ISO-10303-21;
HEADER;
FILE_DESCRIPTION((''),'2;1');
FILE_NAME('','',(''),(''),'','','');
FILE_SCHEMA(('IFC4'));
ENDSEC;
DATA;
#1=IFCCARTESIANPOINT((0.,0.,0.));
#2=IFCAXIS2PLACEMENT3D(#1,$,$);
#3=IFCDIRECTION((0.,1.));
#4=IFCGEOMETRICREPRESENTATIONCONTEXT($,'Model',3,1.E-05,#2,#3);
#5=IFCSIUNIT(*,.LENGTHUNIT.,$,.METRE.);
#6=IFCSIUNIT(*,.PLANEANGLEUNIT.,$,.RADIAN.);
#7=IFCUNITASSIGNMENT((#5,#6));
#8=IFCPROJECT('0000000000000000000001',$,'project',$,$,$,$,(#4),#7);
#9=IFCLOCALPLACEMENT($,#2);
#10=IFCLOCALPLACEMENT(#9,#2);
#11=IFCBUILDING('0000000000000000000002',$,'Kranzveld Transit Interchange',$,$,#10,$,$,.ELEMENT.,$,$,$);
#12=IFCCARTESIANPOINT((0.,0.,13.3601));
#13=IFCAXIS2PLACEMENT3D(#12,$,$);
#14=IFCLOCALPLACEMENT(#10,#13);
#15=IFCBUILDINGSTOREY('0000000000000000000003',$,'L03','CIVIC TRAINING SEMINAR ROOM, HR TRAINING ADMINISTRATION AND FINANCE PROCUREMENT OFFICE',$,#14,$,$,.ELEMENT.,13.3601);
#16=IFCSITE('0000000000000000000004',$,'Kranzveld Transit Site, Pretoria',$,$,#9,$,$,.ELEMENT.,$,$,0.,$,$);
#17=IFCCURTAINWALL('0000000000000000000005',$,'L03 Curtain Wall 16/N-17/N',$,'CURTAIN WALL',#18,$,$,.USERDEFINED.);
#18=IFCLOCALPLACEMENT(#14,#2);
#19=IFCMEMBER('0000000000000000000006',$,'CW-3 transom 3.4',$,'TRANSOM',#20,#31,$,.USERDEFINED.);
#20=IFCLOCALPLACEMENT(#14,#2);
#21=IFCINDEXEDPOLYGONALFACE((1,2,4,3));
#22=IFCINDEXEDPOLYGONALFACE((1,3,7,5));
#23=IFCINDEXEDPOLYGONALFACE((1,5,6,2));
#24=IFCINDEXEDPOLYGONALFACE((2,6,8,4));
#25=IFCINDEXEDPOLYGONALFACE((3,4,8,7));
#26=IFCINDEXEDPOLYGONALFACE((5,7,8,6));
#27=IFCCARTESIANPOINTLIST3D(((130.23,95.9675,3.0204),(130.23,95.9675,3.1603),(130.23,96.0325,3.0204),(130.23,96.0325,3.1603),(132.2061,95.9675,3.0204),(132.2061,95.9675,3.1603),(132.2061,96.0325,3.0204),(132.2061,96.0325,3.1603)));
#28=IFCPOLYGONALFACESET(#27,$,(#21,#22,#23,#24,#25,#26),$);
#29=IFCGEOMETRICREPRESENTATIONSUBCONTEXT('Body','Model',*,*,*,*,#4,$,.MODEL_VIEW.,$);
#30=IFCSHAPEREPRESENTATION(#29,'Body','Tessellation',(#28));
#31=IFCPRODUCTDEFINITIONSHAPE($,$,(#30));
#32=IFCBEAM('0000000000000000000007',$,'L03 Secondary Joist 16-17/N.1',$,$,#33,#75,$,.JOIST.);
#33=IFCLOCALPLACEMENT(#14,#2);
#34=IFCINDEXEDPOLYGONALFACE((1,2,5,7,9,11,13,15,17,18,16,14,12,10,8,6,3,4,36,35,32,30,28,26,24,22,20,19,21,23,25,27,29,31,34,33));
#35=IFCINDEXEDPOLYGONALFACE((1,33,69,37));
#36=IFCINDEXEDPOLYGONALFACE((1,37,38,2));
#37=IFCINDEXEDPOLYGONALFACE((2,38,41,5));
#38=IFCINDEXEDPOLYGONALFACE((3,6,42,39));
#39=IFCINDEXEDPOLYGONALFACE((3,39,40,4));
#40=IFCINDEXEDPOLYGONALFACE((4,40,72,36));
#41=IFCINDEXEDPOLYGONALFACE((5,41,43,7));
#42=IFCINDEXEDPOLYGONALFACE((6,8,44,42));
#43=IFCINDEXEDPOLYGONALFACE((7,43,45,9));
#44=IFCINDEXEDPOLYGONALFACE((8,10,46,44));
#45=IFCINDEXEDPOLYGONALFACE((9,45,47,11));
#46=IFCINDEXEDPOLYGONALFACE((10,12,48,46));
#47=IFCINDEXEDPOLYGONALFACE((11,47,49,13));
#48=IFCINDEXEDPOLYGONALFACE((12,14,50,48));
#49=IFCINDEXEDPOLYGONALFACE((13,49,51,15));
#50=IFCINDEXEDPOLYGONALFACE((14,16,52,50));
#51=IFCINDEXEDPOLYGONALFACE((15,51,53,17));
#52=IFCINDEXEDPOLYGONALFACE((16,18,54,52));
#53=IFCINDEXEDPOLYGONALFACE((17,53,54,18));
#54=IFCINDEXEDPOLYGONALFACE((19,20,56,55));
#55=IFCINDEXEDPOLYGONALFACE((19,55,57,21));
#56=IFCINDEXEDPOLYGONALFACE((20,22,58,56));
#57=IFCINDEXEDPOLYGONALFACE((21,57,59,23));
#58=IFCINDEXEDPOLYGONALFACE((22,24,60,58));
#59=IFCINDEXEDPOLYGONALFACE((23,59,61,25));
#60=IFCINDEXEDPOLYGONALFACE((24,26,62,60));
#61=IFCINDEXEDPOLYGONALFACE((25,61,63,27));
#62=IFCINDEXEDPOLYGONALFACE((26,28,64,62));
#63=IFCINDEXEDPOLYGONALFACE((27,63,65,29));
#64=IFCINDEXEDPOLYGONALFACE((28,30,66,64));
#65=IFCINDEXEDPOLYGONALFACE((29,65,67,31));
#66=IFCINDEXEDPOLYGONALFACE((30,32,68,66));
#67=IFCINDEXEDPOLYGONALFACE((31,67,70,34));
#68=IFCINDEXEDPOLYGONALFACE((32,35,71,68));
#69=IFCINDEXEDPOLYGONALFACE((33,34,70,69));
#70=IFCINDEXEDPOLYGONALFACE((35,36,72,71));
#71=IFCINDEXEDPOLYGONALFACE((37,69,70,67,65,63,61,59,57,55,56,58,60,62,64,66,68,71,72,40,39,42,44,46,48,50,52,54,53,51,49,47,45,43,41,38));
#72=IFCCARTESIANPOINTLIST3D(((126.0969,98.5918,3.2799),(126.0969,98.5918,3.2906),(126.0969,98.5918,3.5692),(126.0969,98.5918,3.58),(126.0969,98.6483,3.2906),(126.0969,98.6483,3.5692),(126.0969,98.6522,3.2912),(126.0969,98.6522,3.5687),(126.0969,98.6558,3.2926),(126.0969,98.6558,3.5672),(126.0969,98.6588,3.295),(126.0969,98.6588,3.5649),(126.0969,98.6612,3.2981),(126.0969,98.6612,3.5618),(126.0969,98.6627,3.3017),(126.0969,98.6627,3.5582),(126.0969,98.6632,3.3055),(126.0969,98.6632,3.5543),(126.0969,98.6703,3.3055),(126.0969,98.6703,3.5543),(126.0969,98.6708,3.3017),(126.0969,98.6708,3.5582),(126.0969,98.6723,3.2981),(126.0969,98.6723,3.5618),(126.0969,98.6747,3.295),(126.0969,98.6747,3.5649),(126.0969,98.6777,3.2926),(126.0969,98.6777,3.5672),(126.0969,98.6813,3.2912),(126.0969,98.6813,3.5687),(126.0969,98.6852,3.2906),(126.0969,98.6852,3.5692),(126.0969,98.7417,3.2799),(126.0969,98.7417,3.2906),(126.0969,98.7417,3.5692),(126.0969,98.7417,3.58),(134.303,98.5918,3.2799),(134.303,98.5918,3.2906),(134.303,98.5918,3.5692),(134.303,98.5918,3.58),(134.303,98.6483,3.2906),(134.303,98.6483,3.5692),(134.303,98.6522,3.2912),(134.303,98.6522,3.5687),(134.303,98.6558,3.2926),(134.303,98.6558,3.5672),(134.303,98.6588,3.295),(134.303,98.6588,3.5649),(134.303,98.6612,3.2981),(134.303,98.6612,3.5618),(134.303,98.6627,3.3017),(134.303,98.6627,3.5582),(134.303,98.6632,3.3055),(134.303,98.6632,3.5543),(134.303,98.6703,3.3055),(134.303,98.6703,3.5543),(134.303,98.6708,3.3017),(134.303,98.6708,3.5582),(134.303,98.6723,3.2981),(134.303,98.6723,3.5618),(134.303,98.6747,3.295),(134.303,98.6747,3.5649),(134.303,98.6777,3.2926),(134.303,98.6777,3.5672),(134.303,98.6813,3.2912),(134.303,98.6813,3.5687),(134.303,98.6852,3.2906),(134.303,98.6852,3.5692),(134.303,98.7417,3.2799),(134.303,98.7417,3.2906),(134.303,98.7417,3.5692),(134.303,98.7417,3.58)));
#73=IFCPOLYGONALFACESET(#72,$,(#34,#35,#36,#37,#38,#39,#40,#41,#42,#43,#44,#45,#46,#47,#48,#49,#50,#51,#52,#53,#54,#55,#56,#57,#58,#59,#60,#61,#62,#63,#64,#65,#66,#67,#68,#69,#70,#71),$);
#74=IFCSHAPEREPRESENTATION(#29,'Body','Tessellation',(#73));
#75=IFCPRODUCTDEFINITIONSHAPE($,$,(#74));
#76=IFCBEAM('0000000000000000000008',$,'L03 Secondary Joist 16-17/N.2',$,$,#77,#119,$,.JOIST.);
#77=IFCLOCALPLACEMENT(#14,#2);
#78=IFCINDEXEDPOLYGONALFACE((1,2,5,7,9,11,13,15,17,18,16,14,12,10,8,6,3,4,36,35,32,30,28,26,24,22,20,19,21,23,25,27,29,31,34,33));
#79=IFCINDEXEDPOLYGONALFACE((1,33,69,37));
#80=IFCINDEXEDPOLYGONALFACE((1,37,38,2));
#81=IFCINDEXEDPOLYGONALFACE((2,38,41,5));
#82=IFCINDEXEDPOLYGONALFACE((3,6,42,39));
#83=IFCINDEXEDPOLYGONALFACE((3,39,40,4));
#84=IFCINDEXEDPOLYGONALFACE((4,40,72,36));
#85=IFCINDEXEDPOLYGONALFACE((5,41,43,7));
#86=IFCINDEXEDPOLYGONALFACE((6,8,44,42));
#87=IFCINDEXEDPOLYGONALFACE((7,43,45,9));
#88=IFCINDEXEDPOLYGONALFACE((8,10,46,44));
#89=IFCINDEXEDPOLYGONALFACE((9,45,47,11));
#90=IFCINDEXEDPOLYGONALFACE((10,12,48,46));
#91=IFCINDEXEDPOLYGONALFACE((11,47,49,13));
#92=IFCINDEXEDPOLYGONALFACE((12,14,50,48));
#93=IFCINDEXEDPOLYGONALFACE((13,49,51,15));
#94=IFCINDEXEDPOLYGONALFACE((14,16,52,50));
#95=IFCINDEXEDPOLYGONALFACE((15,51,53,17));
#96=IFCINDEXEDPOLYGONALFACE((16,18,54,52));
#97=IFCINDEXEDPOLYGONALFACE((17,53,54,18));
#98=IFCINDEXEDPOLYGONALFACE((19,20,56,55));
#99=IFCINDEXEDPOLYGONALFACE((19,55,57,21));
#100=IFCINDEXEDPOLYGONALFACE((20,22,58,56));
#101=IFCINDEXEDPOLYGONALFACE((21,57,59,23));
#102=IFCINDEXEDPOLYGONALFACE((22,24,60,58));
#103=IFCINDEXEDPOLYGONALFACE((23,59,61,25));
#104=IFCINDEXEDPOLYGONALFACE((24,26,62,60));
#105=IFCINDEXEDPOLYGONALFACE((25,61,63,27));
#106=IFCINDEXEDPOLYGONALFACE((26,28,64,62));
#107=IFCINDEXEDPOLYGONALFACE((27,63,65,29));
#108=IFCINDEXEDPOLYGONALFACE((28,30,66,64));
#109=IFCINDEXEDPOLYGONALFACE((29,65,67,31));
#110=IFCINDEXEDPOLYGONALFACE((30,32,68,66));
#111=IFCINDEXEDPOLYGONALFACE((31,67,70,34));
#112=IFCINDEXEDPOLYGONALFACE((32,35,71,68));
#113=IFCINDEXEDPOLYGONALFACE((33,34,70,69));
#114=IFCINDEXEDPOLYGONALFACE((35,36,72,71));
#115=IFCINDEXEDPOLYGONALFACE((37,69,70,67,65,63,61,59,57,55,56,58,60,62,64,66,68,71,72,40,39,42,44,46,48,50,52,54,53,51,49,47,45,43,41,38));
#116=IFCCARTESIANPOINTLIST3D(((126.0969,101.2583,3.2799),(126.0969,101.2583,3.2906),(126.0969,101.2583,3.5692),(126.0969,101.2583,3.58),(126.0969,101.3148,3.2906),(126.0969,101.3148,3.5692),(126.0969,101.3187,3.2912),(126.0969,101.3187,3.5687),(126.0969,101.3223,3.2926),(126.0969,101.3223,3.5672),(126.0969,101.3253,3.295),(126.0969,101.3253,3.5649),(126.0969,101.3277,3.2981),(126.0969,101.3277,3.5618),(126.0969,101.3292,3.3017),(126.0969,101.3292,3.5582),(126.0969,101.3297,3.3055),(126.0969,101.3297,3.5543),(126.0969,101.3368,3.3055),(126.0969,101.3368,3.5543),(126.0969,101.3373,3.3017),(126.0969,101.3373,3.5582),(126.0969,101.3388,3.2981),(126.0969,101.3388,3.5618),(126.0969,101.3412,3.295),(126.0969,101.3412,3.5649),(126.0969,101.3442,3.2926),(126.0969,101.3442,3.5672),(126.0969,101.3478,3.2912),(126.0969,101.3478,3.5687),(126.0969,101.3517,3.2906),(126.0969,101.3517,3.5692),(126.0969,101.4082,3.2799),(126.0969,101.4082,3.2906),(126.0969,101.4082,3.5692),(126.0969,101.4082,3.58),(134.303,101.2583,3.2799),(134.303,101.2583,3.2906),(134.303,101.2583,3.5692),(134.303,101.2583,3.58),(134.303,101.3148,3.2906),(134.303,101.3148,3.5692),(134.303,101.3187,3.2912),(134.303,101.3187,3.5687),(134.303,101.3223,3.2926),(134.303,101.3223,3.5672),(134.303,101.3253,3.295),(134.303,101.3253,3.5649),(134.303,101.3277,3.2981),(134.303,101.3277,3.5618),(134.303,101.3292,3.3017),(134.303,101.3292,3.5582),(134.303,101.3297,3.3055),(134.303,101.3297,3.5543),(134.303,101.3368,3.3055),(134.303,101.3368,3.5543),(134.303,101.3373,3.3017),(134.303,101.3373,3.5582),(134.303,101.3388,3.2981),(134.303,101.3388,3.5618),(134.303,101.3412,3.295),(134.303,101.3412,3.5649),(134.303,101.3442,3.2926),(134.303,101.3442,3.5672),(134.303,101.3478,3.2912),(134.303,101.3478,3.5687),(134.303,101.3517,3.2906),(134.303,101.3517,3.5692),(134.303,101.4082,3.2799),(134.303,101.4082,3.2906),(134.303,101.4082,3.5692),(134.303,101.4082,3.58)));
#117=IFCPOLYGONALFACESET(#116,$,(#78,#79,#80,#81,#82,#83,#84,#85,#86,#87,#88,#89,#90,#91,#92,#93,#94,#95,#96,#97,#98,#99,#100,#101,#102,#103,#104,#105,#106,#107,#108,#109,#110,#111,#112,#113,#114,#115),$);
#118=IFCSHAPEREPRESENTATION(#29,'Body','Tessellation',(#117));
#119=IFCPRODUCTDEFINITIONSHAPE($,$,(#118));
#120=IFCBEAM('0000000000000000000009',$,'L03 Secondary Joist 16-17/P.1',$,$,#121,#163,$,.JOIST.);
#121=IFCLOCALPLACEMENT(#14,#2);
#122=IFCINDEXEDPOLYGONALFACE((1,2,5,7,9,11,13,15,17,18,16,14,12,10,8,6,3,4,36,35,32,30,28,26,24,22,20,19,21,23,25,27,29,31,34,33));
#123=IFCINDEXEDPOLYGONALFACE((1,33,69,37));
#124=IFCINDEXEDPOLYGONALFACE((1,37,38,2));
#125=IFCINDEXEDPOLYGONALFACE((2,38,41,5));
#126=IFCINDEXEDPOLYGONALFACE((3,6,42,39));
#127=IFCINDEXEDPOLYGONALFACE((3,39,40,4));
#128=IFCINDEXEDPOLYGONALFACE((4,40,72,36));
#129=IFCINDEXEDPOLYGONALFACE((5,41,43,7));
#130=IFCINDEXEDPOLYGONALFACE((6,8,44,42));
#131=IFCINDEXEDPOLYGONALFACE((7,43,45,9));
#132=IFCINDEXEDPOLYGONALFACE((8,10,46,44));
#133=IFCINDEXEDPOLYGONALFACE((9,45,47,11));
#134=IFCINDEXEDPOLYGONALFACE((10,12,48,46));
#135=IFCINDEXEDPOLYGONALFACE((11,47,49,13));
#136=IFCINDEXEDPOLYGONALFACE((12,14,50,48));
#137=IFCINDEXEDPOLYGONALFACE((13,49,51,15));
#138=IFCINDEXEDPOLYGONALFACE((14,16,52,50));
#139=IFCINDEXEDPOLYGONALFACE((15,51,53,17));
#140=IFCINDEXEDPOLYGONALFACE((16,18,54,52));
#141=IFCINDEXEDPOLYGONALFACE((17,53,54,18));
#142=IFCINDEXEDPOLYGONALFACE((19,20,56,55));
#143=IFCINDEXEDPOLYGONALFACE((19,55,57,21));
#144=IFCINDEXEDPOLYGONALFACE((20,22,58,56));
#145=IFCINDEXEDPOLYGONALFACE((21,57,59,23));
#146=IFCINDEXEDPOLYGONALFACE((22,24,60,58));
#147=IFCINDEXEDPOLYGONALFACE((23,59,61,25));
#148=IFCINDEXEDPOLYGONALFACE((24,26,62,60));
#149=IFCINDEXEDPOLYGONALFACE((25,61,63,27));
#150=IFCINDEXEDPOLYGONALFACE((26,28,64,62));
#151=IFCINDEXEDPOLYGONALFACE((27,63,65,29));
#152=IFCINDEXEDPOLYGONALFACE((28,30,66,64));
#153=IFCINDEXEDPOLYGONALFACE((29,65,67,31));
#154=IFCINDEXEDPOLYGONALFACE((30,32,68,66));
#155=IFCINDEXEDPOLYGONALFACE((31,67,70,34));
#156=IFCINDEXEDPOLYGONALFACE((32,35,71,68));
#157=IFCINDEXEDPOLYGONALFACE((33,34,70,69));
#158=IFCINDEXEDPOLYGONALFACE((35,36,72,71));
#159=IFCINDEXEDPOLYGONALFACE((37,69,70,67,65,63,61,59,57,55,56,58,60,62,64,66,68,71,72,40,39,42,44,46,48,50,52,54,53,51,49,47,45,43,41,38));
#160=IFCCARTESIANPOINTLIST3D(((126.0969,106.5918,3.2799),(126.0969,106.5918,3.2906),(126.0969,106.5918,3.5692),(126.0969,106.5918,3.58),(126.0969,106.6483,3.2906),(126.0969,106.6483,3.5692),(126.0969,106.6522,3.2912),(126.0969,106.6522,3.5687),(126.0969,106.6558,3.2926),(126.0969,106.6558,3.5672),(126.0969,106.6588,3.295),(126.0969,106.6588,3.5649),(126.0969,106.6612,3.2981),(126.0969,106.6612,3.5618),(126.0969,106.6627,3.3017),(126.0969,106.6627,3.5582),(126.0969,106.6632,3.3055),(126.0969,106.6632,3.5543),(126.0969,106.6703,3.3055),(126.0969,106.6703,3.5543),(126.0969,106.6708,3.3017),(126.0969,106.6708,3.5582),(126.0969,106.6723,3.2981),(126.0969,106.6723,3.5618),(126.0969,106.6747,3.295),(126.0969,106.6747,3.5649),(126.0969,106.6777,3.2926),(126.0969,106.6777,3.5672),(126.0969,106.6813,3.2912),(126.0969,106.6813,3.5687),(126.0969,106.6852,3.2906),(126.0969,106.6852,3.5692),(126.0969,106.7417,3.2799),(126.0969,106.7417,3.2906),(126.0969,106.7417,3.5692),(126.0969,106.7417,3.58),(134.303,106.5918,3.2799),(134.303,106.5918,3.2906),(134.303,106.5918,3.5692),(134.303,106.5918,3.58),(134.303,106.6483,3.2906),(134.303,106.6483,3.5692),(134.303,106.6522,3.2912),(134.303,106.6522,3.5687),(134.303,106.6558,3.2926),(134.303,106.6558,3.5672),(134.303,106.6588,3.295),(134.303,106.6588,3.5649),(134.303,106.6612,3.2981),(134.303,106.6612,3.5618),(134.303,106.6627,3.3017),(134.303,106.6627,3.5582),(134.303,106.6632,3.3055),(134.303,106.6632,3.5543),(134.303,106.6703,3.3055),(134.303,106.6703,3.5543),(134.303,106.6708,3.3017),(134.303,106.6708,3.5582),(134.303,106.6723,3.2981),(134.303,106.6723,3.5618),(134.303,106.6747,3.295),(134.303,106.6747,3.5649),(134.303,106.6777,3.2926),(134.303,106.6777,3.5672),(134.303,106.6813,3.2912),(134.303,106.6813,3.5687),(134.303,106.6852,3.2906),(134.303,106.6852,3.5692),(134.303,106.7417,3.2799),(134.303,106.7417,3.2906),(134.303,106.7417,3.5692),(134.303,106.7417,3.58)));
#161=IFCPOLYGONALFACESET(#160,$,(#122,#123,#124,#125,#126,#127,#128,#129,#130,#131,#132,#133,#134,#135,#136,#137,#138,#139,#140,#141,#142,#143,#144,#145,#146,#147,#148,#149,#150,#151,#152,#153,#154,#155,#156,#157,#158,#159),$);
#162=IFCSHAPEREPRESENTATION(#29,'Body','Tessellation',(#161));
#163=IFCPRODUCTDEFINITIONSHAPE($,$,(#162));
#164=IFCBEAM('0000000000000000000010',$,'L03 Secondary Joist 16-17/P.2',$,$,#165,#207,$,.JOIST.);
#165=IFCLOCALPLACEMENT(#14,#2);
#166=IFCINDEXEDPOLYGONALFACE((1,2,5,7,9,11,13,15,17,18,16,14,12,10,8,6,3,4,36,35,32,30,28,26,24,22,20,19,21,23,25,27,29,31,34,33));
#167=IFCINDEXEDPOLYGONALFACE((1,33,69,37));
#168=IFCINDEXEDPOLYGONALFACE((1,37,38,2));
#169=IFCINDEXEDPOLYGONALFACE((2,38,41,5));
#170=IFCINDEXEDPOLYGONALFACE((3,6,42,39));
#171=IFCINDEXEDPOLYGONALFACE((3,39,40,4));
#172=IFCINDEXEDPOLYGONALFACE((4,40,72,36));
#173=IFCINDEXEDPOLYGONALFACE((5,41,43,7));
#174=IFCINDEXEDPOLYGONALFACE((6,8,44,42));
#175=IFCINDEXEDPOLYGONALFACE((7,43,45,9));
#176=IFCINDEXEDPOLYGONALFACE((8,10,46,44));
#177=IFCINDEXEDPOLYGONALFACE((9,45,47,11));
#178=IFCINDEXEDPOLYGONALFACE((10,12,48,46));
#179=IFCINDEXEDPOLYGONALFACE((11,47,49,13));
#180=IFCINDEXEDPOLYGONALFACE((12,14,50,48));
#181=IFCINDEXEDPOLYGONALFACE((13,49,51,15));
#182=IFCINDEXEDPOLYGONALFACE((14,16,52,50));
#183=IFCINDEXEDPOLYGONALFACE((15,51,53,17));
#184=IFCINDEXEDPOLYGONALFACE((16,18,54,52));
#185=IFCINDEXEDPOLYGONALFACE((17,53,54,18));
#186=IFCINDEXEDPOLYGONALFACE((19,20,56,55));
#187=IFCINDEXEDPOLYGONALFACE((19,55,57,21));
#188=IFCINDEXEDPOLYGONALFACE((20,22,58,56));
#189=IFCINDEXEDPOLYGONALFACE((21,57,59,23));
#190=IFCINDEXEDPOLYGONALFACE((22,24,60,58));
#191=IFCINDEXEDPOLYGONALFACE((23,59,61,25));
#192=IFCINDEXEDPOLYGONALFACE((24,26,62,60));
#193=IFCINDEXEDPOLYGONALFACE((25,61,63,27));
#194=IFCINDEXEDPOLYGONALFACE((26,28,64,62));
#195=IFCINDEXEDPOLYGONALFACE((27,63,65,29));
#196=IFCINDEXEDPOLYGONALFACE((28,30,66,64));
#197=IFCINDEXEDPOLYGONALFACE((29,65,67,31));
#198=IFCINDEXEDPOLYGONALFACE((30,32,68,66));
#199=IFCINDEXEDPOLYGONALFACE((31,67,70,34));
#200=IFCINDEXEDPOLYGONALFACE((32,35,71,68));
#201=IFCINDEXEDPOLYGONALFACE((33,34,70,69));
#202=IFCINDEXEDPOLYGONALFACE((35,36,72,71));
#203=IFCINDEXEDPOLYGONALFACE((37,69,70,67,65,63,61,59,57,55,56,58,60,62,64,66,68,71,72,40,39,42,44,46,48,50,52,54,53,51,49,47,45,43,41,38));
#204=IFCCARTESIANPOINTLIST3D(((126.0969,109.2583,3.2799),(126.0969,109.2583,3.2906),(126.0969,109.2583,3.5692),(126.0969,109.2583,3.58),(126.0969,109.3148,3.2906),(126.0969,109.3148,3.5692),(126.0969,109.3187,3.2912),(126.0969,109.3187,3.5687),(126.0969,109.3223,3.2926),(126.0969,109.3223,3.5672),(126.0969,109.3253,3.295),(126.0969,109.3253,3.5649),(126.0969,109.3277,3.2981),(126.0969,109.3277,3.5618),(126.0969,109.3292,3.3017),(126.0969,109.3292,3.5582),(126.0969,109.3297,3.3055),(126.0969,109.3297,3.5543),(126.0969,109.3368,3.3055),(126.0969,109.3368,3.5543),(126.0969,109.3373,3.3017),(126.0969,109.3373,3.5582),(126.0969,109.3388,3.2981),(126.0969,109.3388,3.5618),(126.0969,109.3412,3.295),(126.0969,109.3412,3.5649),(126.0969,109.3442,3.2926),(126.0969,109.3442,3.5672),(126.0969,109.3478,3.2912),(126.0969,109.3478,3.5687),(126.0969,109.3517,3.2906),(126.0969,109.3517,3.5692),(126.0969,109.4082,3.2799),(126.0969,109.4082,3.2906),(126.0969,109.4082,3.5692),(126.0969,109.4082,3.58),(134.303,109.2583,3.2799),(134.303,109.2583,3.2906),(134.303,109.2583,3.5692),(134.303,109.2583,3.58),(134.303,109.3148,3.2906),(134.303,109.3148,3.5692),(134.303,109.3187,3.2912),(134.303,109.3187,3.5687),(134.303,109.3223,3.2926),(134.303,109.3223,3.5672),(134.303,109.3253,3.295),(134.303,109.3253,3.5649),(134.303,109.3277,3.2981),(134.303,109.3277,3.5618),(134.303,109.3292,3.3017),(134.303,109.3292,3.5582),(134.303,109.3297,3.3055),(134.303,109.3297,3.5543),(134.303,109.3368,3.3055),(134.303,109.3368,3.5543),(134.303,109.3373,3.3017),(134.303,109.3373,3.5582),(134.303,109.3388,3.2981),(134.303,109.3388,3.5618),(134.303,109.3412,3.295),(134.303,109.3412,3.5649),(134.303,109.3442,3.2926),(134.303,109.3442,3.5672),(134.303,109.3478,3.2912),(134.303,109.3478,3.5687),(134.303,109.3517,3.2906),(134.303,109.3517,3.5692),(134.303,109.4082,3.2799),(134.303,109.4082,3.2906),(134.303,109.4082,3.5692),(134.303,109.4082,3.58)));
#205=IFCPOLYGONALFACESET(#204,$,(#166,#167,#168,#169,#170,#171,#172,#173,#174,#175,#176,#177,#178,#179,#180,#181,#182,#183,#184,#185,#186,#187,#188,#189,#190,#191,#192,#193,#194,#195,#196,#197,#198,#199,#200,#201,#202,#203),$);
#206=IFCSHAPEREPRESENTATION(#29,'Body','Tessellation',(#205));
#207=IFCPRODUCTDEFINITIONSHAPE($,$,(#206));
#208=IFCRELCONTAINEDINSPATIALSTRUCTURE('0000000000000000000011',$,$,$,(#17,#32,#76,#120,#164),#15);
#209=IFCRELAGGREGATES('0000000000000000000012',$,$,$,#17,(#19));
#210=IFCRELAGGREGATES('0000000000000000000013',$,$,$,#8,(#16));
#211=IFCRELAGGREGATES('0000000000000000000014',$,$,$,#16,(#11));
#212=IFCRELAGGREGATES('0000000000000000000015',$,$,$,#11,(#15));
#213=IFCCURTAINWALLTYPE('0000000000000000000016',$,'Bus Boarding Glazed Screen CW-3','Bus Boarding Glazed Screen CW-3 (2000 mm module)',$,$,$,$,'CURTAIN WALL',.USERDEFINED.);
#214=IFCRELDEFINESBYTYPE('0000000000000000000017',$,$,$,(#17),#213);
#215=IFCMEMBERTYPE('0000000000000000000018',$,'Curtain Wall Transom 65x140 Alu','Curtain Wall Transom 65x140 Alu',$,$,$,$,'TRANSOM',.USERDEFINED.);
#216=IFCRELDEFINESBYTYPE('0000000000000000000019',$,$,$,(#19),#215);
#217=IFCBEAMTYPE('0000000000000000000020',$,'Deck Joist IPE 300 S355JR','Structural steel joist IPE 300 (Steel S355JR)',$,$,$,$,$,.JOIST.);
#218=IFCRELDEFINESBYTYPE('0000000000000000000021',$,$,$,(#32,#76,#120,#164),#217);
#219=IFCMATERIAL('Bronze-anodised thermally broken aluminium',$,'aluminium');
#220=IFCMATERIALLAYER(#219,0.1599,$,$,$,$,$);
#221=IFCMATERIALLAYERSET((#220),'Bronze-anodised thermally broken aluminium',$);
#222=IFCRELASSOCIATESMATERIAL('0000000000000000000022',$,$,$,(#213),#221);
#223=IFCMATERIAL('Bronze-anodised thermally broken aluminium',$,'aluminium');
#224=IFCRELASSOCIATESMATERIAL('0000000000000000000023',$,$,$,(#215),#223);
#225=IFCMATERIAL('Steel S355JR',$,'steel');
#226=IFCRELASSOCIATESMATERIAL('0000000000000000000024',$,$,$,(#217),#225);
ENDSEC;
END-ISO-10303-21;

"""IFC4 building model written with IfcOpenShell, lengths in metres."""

from ifc_helpers import new_model, si_unit, direction, frame, origin, origin_2d, place, context, subcontext, project, spatial, rectangle, i_section, extrude, material, layer, layer_set, material_profile, profile_set, type_object, element, aggregate, save


model = new_model("IFC4")

# Units and contexts
model_context = context("Model", 3, precision=1e-05, world=origin(), true_north=direction((0.0, 1.0)))
body_context = subcontext(model_context, "Body", "Model", "MODEL_VIEW")
ifc_project = project(units=[si_unit("LENGTHUNIT", "METRE"), si_unit("PLANEANGLEUNIT", "RADIAN")], contexts=[model_context])

# Site, building, storey
site_placement = place(None, origin())
site = spatial("IfcSite", under=ifc_project, at=site_placement, Name="Kranzveld Transit Site, Pretoria", CompositionType="ELEMENT", RefElevation=0.0)
building_placement = place(site_placement, origin())
building = spatial("IfcBuilding", under=site, at=building_placement, Name="Kranzveld Transit Interchange", CompositionType="ELEMENT")
storey_placement = place(building_placement, frame((0.0, 0.0, 13.3601)))
storey = spatial("IfcBuildingStorey", under=building, at=storey_placement, Name="L03", Description="CIVIC TRAINING SEMINAR ROOM, HR TRAINING ADMINISTRATION AND FINANCE PROCUREMENT OFFICE", CompositionType="ELEMENT", Elevation=13.3601)

# Curtain wall
ifc_material_1 = material(Name="Bronze-anodised thermally broken aluminium", Category="aluminium")
ifc_layer_1 = layer(ifc_material_1, 0.1599)
ifc_layer_set_1 = layer_set([ifc_layer_1], Name="Bronze-anodised thermally broken aluminium")
curtain_wall_type_1 = type_object("IfcCurtainWallType", Name="Bus Boarding Glazed Screen CW-3", Description="Bus Boarding Glazed Screen CW-3 (2000 mm module)", ElementType="CURTAIN WALL", PredefinedType="USERDEFINED", material=ifc_layer_set_1)
curtain_wall_1_placement = place(storey_placement, origin())
curtain_wall_1 = element("IfcCurtainWall", 1, at=curtain_wall_1_placement, inside=storey, type_object=curtain_wall_type_1, Name="L03 Curtain Wall 16/N-17/N", ObjectType="CURTAIN WALL", PredefinedType="USERDEFINED")

# Member
ifc_material_2 = material(Name="Bronze-anodised thermally broken aluminium", Category="aluminium")
ifc_material_profile_1 = material_profile(ifc_material_2, rectangle(XDim=0.0649, YDim=0.1399, at=origin_2d()), Name="ALU TRANSOM 65x140")
ifc_profile_set_1 = profile_set([ifc_material_profile_1], Name="Bronze-anodised thermally broken aluminium")
member_type_1 = type_object("IfcMemberType", Name="Curtain Wall Transom 65x140 Alu", Description="Curtain Wall Transom 65x140 Alu", ElementType="TRANSOM", PredefinedType="USERDEFINED", material=ifc_profile_set_1)
member_1_placement = place(storey_placement, frame((130.23, 96.0, 3.0903), z_axis=(1.0, 0.0, 0.0), x_axis=(0.0, 1.0, 0.0)))
member_1 = element("IfcMember", 2, at=member_1_placement, type_object=member_type_1, Name="CW-3 transom 3.4", ObjectType="TRANSOM", PredefinedType="USERDEFINED", context=body_context, shape_type="SweptSolid", body=[
    extrude(rectangle(XDim=0.0649, YDim=0.1399, at=origin_2d()), origin(), (0.0, 0.0, 1.0), 1.9761),
])

# Beams
ifc_material_3 = material(Name="Steel S355JR", Category="steel")
ifc_material_profile_2 = material_profile(ifc_material_3, i_section(OverallWidth=0.1499, OverallDepth=0.3, WebThickness=0.0071, FlangeThickness=0.0107, FilletRadius=0.0149, at=origin_2d()), Name="IPE 300")
ifc_profile_set_2 = profile_set([ifc_material_profile_2], Name="Steel S355JR")
beam_type_1 = type_object("IfcBeamType", Name="Deck Joist IPE 300 S355JR", Description="Structural steel joist IPE 300 (Steel S355JR)", PredefinedType="JOIST", material=ifc_profile_set_2)
for number, where, z_axis, x_axis, name in (
    (3, (126.0969, 98.6667, 3.4299), (1.0, 0.0, 0.0), (0.0, 1.0, 0.0), "L03 Secondary Joist 16-17/N.1"),
    (4, (126.0969, 101.3333, 3.4299), (1.0, 0.0, 0.0), (0.0, 1.0, 0.0), "L03 Secondary Joist 16-17/N.2"),
    (5, (126.0969, 106.6667, 3.4299), (1.0, 0.0, 0.0), (0.0, 1.0, 0.0), "L03 Secondary Joist 16-17/P.1"),
    (6, (126.0969, 109.3333, 3.4299), (1.0, 0.0, 0.0), (0.0, 1.0, 0.0), "L03 Secondary Joist 16-17/P.2"),
):
    element("IfcBeam", number, at=place(storey_placement, frame(where, z_axis=z_axis, x_axis=x_axis)), inside=storey, type_object=beam_type_1, Name=name, PredefinedType="JOIST", context=body_context, shape_type="SweptSolid", body=[
        extrude(i_section(OverallWidth=0.1499, OverallDepth=0.3, WebThickness=0.0071, FlangeThickness=0.0107, FilletRadius=0.0149, at=origin_2d()), origin(), (0.0, 0.0, 1.0), 8.2061),
    ])

aggregate(curtain_wall_1, [member_1])

save(model, "model.ifc")
